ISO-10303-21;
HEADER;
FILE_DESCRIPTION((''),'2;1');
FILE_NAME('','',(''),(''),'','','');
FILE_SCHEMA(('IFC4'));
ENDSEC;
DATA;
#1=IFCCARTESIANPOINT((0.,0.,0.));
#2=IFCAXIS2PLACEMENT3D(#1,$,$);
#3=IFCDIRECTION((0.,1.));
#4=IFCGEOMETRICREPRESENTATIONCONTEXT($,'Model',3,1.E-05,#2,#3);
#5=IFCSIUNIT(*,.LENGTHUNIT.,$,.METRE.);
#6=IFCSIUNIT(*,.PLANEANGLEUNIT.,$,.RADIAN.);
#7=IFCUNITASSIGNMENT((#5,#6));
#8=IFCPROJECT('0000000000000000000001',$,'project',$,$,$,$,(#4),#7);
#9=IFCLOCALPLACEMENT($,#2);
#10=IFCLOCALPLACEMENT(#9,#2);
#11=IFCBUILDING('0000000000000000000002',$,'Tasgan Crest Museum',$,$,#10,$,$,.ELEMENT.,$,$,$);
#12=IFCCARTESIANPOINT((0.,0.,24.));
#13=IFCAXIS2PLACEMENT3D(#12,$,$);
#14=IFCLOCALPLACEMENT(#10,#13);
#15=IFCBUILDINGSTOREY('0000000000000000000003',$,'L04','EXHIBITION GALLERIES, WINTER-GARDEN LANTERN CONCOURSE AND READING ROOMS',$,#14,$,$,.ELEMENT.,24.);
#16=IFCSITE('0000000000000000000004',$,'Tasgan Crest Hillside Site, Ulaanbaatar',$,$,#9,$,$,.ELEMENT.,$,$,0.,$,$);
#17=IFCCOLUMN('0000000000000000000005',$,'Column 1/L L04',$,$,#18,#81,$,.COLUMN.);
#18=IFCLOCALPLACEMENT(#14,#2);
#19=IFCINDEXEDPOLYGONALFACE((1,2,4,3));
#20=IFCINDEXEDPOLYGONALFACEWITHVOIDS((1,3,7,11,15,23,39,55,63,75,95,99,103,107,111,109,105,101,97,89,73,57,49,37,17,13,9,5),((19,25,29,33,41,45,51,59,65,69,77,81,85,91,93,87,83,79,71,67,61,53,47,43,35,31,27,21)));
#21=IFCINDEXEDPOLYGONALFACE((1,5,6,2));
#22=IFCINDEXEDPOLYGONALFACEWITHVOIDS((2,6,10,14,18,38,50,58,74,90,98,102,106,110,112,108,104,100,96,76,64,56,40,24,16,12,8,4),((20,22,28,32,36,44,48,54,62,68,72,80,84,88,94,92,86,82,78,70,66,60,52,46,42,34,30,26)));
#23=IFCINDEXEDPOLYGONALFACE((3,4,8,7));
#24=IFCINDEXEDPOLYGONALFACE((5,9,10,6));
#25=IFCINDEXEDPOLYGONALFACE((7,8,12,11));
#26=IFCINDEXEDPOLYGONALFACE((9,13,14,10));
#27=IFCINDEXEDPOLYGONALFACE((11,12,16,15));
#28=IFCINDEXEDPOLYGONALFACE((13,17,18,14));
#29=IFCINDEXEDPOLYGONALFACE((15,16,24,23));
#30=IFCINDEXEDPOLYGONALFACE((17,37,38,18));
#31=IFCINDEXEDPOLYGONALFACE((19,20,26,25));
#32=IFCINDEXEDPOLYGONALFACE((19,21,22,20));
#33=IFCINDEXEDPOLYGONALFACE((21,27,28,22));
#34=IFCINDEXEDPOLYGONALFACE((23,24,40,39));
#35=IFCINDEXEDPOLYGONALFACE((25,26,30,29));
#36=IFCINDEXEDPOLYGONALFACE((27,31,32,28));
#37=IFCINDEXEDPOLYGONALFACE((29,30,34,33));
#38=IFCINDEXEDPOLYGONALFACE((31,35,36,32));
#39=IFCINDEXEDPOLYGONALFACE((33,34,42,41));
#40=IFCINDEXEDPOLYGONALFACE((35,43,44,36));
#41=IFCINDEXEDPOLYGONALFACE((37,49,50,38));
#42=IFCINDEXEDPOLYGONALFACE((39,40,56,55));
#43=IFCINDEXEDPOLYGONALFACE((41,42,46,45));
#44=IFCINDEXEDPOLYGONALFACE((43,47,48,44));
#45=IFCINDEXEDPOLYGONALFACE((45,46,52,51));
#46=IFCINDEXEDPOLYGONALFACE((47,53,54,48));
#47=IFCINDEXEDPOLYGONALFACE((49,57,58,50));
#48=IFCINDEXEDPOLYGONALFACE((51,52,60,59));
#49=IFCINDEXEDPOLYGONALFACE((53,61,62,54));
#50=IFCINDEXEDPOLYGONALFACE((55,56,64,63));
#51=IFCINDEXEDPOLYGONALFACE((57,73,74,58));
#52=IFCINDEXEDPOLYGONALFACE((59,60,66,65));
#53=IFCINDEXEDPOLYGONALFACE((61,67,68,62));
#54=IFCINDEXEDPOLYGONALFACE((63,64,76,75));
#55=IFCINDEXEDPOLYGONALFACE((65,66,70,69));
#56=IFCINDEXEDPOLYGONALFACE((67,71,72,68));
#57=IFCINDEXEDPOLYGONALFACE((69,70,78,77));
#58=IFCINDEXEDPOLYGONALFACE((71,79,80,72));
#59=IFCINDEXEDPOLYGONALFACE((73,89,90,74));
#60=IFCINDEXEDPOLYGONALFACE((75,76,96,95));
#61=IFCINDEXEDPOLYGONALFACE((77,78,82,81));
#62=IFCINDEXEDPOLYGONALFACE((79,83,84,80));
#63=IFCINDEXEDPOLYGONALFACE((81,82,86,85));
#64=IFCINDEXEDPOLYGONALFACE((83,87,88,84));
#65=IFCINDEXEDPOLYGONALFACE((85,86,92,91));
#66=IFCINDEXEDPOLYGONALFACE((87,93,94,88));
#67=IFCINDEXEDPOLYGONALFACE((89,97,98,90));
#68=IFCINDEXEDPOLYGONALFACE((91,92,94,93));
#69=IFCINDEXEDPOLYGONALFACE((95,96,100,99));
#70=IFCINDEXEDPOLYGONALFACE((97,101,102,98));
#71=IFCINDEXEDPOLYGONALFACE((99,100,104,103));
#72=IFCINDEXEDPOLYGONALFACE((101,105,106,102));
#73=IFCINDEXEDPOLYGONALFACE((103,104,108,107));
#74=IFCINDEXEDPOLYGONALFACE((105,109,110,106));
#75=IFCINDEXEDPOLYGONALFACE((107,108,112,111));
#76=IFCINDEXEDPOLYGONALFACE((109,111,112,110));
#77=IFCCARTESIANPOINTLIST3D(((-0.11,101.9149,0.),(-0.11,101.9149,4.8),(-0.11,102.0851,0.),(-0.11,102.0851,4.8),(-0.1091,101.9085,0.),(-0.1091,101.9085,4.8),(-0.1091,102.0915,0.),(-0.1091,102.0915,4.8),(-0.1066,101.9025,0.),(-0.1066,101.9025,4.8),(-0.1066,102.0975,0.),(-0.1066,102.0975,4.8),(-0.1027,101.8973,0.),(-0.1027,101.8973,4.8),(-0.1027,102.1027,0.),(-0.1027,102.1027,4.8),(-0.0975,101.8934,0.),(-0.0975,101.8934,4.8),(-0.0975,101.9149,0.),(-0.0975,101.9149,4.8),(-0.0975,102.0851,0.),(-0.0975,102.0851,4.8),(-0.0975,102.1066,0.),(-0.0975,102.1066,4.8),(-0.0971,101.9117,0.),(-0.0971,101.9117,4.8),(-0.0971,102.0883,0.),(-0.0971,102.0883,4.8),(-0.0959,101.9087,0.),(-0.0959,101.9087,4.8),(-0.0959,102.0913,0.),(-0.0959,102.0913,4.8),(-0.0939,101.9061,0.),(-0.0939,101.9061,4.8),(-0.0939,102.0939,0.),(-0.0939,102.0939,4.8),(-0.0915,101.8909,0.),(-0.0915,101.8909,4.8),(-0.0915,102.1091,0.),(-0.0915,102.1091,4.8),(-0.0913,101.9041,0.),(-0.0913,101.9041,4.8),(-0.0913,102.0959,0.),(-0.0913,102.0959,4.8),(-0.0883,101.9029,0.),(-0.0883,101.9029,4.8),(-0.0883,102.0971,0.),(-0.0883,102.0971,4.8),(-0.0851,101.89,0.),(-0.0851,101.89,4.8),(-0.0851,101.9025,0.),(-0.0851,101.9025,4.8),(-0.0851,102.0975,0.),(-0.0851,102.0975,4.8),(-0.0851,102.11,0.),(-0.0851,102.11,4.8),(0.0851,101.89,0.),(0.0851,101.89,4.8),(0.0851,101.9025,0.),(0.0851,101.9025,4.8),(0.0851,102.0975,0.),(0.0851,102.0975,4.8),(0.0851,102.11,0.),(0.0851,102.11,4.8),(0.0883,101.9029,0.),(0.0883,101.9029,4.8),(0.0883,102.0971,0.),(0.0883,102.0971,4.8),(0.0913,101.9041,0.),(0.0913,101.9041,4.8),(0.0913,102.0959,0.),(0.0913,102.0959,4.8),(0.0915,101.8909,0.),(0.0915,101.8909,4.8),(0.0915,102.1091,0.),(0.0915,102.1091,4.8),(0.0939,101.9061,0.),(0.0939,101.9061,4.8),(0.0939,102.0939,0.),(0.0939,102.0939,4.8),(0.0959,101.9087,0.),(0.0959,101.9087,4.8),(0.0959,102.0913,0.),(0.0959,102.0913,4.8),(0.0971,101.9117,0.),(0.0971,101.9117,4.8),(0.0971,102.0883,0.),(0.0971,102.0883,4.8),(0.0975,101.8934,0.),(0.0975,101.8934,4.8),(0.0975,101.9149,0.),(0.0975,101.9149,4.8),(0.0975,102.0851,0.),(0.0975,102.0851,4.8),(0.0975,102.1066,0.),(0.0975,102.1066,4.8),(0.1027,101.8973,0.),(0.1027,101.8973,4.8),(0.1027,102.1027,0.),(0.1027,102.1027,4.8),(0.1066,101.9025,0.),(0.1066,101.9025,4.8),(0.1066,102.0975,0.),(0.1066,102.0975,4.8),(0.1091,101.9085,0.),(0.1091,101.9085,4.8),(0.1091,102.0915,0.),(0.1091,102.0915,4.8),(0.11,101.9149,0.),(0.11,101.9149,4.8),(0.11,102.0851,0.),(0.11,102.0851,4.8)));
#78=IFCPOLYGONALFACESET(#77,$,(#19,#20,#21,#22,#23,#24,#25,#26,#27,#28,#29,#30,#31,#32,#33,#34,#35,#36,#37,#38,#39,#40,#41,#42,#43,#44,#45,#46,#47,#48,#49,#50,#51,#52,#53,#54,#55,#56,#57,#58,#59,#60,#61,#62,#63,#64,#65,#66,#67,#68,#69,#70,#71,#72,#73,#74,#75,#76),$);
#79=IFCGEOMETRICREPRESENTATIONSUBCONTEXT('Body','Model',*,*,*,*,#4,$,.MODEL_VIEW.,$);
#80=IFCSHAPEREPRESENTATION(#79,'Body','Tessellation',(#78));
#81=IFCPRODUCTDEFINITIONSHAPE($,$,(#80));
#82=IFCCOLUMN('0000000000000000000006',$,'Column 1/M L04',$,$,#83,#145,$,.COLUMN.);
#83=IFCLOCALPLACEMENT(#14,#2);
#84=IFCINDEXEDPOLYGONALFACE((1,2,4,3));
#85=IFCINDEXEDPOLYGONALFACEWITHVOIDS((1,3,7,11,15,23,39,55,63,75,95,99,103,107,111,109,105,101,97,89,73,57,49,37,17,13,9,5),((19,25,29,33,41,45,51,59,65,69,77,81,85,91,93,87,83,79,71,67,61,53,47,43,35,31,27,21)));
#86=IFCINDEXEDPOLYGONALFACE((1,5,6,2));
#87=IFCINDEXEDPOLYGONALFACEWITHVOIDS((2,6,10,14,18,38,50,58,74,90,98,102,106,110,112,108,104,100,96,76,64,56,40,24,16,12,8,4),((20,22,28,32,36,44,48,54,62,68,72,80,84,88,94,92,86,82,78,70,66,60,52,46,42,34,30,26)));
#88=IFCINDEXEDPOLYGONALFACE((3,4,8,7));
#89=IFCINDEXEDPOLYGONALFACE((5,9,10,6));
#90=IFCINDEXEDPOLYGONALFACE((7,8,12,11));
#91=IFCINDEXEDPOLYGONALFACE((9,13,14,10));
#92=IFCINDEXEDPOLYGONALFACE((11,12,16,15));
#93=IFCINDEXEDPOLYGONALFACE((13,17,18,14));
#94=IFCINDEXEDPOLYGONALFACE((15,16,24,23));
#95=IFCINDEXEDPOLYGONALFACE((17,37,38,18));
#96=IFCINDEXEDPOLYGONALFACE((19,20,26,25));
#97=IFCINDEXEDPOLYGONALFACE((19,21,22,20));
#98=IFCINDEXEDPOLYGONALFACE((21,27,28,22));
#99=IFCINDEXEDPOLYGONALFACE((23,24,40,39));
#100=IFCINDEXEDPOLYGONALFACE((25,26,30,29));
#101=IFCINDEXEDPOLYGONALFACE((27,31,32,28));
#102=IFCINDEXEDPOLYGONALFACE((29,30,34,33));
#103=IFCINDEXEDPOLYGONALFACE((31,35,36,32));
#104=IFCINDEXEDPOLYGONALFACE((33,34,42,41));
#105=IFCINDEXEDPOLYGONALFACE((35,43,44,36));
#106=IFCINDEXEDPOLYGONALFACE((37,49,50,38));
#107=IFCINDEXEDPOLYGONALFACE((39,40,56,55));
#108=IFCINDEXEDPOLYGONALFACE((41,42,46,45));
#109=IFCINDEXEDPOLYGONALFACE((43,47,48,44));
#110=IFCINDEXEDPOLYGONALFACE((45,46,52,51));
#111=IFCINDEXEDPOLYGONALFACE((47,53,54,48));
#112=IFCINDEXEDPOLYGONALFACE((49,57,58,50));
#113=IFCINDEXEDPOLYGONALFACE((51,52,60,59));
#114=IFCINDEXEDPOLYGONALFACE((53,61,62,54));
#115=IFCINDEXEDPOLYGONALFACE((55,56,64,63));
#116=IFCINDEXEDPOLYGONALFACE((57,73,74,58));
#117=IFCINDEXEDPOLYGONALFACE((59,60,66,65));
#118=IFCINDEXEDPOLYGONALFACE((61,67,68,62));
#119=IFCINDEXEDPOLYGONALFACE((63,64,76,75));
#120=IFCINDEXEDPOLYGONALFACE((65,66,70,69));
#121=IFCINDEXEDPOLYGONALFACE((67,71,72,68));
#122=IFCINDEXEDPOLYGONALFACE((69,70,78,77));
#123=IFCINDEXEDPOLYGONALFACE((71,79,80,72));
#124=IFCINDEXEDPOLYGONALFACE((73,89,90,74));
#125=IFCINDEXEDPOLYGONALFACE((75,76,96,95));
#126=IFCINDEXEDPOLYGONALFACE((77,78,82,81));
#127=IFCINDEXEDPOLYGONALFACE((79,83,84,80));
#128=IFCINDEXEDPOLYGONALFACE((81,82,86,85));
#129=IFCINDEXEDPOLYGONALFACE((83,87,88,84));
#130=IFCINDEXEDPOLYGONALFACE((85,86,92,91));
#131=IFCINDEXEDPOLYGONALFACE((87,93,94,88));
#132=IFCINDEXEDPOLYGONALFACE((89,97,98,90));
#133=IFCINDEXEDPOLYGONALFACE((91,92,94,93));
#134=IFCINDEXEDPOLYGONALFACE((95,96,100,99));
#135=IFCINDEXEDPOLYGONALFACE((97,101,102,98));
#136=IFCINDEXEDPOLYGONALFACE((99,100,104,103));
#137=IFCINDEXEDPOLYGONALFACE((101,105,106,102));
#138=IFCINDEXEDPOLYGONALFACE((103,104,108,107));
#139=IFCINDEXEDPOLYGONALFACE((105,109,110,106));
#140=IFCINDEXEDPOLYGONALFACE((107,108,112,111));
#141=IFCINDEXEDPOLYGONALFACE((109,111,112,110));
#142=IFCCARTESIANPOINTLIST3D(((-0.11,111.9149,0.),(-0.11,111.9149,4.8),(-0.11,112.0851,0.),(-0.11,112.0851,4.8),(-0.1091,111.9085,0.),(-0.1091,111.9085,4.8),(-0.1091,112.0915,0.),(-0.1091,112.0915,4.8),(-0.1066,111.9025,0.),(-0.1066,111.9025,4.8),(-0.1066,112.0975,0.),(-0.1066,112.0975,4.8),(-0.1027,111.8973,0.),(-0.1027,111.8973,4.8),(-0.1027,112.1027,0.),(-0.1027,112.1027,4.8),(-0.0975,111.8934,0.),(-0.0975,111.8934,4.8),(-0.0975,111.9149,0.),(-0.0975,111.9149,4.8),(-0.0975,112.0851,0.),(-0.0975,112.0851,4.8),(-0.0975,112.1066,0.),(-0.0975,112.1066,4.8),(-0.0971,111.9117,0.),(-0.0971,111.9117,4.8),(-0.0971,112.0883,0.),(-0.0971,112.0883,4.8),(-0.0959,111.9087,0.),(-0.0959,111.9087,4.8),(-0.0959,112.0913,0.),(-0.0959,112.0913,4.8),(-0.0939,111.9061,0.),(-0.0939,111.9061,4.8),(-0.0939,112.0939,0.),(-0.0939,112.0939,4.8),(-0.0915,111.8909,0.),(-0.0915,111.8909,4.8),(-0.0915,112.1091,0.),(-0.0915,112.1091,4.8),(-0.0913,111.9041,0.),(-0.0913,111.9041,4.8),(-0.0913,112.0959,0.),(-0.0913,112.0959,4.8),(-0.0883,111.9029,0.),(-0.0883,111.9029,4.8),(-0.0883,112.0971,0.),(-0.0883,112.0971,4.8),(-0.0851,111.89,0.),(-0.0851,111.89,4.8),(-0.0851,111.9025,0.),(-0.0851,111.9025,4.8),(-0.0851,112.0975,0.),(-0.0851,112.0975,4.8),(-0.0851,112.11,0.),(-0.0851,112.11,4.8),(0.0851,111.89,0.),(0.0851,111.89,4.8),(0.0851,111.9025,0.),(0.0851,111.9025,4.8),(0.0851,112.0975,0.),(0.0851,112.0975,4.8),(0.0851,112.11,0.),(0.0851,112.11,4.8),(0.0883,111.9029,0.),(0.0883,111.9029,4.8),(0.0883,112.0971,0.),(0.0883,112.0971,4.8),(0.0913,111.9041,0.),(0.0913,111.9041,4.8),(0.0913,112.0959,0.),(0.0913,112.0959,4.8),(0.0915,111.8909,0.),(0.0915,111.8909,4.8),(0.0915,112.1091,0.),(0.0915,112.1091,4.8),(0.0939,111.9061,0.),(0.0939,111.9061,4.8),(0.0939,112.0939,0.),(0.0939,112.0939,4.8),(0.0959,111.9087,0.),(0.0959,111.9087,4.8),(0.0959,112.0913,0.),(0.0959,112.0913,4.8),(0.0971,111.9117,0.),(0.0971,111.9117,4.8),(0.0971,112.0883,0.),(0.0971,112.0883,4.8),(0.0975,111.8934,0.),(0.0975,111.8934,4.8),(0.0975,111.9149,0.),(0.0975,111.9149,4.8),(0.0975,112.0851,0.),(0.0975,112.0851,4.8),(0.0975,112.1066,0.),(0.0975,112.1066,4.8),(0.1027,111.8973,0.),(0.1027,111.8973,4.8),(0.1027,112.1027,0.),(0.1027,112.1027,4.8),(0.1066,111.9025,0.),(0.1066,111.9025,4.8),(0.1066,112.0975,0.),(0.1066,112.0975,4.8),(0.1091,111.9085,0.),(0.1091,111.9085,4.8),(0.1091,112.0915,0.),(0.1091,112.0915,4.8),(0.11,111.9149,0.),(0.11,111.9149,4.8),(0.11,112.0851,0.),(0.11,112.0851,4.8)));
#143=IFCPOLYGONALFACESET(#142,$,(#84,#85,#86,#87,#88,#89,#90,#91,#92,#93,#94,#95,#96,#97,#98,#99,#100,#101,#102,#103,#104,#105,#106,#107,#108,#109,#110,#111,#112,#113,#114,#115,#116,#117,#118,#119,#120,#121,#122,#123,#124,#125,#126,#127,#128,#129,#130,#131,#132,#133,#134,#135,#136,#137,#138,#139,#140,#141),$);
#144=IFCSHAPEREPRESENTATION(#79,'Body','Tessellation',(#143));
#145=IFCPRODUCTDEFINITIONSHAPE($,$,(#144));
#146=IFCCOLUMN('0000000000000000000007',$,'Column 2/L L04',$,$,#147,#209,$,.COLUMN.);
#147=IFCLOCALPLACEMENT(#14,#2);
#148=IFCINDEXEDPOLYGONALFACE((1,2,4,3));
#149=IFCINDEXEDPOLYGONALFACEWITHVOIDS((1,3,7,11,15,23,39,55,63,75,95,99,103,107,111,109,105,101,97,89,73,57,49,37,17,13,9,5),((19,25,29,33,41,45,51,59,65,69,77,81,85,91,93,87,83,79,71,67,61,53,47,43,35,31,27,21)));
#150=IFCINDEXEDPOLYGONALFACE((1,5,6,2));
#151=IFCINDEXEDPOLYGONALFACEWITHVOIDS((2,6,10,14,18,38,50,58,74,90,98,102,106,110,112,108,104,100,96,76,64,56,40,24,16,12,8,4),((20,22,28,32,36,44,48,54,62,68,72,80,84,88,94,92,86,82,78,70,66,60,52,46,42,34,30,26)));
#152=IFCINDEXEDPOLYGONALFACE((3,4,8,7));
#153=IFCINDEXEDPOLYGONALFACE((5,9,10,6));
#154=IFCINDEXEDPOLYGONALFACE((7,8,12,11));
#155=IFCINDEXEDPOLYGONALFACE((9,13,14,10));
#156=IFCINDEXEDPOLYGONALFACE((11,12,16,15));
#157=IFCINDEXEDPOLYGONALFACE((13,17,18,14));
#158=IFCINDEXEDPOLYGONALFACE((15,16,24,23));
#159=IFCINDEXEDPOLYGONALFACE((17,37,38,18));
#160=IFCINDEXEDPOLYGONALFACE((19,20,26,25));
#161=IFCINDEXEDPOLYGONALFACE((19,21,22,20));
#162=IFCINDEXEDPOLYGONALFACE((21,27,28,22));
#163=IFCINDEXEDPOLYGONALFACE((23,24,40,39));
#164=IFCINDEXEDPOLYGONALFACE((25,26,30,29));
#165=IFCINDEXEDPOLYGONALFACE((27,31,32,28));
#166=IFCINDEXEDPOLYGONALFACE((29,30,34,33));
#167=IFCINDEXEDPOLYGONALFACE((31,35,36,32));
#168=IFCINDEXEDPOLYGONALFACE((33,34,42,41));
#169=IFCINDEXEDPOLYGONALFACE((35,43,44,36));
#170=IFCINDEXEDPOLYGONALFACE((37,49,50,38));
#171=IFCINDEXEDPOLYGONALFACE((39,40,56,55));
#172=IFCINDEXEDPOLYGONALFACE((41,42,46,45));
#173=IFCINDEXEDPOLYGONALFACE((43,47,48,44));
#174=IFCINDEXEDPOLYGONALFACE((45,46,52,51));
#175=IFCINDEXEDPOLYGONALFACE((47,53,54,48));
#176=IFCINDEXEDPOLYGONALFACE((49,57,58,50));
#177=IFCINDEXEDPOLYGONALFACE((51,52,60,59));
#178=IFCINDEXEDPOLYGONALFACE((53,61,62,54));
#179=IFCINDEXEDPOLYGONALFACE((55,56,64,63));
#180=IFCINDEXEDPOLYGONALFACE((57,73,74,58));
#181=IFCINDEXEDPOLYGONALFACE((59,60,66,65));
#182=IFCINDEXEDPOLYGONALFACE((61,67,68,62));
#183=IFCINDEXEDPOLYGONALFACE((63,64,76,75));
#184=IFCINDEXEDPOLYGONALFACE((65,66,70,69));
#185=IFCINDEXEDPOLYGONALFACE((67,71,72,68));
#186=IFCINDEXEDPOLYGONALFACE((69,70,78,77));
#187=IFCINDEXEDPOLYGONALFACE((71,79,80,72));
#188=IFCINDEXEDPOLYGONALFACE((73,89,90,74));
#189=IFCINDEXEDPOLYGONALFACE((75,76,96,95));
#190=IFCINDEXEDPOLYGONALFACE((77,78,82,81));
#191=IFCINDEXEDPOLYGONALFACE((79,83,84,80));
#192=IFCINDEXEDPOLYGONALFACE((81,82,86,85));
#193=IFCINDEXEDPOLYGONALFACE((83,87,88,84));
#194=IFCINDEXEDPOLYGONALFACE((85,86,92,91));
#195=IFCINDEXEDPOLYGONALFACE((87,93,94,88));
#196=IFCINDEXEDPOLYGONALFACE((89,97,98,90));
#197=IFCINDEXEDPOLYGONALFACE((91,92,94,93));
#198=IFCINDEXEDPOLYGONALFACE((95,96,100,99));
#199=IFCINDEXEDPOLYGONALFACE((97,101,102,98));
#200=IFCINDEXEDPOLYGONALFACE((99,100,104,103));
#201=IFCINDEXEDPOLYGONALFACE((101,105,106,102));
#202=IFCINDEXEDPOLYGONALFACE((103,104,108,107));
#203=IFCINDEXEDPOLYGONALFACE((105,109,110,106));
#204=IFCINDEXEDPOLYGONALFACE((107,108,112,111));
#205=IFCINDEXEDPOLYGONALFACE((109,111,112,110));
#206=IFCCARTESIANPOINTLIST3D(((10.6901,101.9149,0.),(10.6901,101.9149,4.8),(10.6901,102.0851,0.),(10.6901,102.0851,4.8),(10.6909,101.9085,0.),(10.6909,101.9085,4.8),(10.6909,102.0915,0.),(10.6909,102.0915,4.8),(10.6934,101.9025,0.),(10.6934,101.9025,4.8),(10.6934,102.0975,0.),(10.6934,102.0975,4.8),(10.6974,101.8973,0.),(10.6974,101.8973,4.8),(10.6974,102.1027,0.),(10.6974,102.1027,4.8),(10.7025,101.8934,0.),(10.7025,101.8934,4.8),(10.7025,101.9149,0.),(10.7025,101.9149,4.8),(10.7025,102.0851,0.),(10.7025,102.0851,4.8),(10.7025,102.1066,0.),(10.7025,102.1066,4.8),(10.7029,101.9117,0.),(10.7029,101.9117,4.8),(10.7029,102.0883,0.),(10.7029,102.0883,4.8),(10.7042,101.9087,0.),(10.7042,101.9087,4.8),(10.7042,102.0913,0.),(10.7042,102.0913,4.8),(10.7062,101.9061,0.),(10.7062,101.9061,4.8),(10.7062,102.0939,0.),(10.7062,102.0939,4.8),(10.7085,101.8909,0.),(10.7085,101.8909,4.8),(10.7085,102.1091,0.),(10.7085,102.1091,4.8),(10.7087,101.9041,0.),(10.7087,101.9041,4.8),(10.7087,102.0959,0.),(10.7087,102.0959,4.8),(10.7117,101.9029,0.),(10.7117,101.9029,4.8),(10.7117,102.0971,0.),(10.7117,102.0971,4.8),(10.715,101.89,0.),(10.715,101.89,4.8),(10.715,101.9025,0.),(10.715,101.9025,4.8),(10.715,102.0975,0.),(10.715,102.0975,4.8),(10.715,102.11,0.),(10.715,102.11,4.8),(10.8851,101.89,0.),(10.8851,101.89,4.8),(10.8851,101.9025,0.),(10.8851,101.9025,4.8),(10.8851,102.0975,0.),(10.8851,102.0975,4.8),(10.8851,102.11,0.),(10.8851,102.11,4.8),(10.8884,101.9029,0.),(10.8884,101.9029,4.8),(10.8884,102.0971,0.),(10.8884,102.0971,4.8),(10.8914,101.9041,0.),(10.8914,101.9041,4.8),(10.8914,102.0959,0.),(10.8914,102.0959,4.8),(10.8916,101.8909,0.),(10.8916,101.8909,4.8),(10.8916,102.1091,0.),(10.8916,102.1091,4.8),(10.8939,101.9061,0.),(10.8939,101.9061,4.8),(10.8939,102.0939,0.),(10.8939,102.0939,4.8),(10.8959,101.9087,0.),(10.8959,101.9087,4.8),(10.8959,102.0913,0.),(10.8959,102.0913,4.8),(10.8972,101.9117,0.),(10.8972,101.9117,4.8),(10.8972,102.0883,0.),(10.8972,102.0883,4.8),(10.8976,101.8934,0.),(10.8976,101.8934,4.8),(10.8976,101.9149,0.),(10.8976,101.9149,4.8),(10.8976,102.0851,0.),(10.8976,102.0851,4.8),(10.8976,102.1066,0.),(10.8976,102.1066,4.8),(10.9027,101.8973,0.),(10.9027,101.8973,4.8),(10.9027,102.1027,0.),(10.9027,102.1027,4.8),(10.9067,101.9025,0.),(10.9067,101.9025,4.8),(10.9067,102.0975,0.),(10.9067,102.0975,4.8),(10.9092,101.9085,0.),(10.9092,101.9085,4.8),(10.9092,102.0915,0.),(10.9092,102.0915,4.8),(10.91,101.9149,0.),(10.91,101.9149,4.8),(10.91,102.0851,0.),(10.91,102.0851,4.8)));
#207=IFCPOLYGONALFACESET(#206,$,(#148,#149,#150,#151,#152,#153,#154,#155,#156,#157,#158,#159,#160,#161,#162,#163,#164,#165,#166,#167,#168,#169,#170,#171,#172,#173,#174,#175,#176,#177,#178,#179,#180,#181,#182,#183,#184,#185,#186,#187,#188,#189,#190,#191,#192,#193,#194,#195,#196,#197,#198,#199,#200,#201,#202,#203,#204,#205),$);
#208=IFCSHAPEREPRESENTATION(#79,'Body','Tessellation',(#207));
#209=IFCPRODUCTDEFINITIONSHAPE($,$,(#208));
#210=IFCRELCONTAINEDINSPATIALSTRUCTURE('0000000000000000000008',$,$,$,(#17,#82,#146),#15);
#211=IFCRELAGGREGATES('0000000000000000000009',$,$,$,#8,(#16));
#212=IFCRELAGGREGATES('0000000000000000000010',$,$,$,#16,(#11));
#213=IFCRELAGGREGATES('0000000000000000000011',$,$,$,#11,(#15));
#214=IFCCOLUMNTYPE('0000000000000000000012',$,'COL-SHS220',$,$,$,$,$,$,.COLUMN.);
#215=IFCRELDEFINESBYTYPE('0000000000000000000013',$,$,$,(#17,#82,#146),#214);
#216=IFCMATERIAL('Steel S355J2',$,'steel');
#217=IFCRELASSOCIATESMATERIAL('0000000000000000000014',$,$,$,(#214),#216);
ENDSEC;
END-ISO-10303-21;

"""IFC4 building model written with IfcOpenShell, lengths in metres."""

from ifc_helpers import new_model, si_unit, direction, frame, origin, origin_2d, place, context, subcontext, project, spatial, hollow_rectangle, extrude, material, material_profile, profile_set, type_object, element, save


model = new_model("IFC4")

# Units and contexts
model_context = context("Model", 3, precision=1e-05, world=origin(), true_north=direction((0.0, 1.0)))
body_context = subcontext(model_context, "Body", "Model", "MODEL_VIEW")
ifc_project = project(units=[si_unit("LENGTHUNIT", "METRE"), si_unit("PLANEANGLEUNIT", "RADIAN")], contexts=[model_context])

# Site, building, storey
site_placement = place(None, origin())
site = spatial("IfcSite", under=ifc_project, at=site_placement, Name="Tasgan Crest Hillside Site, Ulaanbaatar", CompositionType="ELEMENT", RefElevation=0.0)
building_placement = place(site_placement, origin())
building = spatial("IfcBuilding", under=site, at=building_placement, Name="Tasgan Crest Museum", CompositionType="ELEMENT")
storey_placement = place(building_placement, frame((0.0, 0.0, 24.0)))
storey = spatial("IfcBuildingStorey", under=building, at=storey_placement, Name="L04", Description="EXHIBITION GALLERIES, WINTER-GARDEN LANTERN CONCOURSE AND READING ROOMS", CompositionType="ELEMENT", Elevation=24.0)

# Columns
ifc_material_1 = material(Name="Steel S355J2", Category="steel")
ifc_material_profile_1 = material_profile(ifc_material_1, hollow_rectangle(XDim=0.22, YDim=0.22, WallThickness=0.0125, InnerFilletRadius=0.0125, OuterFilletRadius=0.0249, at=origin_2d()), Name="SHS 220x220x12.5")
ifc_profile_set_1 = profile_set([ifc_material_profile_1], Name="Steel S355J2")
column_type = type_object("IfcColumnType", Name="COL-SHS220", PredefinedType="COLUMN", material=ifc_profile_set_1)
for number, where, z_axis, x_axis, name in (
    (1, (0.0, 102.0, 0.0), (0.0, 0.0, 1.0), (1.0, 0.0, 0.0), "Column 1/L L04"),
    (2, (0.0, 112.0, 0.0), (0.0, 0.0, 1.0), (1.0, 0.0, 0.0), "Column 1/M L04"),
    (3, (10.8, 102.0, 0.0), (0.0, 0.0, 1.0), (1.0, 0.0, 0.0), "Column 2/L L04"),
):
    element("IfcColumn", number, at=place(storey_placement, frame(where, z_axis=z_axis, x_axis=x_axis)), inside=storey, type_object=column_type, Name=name, PredefinedType="COLUMN", context=body_context, shape_type="SweptSolid", body=[
        extrude(hollow_rectangle(XDim=0.22, YDim=0.22, WallThickness=0.0125, InnerFilletRadius=0.0125, OuterFilletRadius=0.0249, at=origin_2d()), origin(), (0.0, 0.0, 1.0), 4.8),
    ])

save(model, "model.ifc")
